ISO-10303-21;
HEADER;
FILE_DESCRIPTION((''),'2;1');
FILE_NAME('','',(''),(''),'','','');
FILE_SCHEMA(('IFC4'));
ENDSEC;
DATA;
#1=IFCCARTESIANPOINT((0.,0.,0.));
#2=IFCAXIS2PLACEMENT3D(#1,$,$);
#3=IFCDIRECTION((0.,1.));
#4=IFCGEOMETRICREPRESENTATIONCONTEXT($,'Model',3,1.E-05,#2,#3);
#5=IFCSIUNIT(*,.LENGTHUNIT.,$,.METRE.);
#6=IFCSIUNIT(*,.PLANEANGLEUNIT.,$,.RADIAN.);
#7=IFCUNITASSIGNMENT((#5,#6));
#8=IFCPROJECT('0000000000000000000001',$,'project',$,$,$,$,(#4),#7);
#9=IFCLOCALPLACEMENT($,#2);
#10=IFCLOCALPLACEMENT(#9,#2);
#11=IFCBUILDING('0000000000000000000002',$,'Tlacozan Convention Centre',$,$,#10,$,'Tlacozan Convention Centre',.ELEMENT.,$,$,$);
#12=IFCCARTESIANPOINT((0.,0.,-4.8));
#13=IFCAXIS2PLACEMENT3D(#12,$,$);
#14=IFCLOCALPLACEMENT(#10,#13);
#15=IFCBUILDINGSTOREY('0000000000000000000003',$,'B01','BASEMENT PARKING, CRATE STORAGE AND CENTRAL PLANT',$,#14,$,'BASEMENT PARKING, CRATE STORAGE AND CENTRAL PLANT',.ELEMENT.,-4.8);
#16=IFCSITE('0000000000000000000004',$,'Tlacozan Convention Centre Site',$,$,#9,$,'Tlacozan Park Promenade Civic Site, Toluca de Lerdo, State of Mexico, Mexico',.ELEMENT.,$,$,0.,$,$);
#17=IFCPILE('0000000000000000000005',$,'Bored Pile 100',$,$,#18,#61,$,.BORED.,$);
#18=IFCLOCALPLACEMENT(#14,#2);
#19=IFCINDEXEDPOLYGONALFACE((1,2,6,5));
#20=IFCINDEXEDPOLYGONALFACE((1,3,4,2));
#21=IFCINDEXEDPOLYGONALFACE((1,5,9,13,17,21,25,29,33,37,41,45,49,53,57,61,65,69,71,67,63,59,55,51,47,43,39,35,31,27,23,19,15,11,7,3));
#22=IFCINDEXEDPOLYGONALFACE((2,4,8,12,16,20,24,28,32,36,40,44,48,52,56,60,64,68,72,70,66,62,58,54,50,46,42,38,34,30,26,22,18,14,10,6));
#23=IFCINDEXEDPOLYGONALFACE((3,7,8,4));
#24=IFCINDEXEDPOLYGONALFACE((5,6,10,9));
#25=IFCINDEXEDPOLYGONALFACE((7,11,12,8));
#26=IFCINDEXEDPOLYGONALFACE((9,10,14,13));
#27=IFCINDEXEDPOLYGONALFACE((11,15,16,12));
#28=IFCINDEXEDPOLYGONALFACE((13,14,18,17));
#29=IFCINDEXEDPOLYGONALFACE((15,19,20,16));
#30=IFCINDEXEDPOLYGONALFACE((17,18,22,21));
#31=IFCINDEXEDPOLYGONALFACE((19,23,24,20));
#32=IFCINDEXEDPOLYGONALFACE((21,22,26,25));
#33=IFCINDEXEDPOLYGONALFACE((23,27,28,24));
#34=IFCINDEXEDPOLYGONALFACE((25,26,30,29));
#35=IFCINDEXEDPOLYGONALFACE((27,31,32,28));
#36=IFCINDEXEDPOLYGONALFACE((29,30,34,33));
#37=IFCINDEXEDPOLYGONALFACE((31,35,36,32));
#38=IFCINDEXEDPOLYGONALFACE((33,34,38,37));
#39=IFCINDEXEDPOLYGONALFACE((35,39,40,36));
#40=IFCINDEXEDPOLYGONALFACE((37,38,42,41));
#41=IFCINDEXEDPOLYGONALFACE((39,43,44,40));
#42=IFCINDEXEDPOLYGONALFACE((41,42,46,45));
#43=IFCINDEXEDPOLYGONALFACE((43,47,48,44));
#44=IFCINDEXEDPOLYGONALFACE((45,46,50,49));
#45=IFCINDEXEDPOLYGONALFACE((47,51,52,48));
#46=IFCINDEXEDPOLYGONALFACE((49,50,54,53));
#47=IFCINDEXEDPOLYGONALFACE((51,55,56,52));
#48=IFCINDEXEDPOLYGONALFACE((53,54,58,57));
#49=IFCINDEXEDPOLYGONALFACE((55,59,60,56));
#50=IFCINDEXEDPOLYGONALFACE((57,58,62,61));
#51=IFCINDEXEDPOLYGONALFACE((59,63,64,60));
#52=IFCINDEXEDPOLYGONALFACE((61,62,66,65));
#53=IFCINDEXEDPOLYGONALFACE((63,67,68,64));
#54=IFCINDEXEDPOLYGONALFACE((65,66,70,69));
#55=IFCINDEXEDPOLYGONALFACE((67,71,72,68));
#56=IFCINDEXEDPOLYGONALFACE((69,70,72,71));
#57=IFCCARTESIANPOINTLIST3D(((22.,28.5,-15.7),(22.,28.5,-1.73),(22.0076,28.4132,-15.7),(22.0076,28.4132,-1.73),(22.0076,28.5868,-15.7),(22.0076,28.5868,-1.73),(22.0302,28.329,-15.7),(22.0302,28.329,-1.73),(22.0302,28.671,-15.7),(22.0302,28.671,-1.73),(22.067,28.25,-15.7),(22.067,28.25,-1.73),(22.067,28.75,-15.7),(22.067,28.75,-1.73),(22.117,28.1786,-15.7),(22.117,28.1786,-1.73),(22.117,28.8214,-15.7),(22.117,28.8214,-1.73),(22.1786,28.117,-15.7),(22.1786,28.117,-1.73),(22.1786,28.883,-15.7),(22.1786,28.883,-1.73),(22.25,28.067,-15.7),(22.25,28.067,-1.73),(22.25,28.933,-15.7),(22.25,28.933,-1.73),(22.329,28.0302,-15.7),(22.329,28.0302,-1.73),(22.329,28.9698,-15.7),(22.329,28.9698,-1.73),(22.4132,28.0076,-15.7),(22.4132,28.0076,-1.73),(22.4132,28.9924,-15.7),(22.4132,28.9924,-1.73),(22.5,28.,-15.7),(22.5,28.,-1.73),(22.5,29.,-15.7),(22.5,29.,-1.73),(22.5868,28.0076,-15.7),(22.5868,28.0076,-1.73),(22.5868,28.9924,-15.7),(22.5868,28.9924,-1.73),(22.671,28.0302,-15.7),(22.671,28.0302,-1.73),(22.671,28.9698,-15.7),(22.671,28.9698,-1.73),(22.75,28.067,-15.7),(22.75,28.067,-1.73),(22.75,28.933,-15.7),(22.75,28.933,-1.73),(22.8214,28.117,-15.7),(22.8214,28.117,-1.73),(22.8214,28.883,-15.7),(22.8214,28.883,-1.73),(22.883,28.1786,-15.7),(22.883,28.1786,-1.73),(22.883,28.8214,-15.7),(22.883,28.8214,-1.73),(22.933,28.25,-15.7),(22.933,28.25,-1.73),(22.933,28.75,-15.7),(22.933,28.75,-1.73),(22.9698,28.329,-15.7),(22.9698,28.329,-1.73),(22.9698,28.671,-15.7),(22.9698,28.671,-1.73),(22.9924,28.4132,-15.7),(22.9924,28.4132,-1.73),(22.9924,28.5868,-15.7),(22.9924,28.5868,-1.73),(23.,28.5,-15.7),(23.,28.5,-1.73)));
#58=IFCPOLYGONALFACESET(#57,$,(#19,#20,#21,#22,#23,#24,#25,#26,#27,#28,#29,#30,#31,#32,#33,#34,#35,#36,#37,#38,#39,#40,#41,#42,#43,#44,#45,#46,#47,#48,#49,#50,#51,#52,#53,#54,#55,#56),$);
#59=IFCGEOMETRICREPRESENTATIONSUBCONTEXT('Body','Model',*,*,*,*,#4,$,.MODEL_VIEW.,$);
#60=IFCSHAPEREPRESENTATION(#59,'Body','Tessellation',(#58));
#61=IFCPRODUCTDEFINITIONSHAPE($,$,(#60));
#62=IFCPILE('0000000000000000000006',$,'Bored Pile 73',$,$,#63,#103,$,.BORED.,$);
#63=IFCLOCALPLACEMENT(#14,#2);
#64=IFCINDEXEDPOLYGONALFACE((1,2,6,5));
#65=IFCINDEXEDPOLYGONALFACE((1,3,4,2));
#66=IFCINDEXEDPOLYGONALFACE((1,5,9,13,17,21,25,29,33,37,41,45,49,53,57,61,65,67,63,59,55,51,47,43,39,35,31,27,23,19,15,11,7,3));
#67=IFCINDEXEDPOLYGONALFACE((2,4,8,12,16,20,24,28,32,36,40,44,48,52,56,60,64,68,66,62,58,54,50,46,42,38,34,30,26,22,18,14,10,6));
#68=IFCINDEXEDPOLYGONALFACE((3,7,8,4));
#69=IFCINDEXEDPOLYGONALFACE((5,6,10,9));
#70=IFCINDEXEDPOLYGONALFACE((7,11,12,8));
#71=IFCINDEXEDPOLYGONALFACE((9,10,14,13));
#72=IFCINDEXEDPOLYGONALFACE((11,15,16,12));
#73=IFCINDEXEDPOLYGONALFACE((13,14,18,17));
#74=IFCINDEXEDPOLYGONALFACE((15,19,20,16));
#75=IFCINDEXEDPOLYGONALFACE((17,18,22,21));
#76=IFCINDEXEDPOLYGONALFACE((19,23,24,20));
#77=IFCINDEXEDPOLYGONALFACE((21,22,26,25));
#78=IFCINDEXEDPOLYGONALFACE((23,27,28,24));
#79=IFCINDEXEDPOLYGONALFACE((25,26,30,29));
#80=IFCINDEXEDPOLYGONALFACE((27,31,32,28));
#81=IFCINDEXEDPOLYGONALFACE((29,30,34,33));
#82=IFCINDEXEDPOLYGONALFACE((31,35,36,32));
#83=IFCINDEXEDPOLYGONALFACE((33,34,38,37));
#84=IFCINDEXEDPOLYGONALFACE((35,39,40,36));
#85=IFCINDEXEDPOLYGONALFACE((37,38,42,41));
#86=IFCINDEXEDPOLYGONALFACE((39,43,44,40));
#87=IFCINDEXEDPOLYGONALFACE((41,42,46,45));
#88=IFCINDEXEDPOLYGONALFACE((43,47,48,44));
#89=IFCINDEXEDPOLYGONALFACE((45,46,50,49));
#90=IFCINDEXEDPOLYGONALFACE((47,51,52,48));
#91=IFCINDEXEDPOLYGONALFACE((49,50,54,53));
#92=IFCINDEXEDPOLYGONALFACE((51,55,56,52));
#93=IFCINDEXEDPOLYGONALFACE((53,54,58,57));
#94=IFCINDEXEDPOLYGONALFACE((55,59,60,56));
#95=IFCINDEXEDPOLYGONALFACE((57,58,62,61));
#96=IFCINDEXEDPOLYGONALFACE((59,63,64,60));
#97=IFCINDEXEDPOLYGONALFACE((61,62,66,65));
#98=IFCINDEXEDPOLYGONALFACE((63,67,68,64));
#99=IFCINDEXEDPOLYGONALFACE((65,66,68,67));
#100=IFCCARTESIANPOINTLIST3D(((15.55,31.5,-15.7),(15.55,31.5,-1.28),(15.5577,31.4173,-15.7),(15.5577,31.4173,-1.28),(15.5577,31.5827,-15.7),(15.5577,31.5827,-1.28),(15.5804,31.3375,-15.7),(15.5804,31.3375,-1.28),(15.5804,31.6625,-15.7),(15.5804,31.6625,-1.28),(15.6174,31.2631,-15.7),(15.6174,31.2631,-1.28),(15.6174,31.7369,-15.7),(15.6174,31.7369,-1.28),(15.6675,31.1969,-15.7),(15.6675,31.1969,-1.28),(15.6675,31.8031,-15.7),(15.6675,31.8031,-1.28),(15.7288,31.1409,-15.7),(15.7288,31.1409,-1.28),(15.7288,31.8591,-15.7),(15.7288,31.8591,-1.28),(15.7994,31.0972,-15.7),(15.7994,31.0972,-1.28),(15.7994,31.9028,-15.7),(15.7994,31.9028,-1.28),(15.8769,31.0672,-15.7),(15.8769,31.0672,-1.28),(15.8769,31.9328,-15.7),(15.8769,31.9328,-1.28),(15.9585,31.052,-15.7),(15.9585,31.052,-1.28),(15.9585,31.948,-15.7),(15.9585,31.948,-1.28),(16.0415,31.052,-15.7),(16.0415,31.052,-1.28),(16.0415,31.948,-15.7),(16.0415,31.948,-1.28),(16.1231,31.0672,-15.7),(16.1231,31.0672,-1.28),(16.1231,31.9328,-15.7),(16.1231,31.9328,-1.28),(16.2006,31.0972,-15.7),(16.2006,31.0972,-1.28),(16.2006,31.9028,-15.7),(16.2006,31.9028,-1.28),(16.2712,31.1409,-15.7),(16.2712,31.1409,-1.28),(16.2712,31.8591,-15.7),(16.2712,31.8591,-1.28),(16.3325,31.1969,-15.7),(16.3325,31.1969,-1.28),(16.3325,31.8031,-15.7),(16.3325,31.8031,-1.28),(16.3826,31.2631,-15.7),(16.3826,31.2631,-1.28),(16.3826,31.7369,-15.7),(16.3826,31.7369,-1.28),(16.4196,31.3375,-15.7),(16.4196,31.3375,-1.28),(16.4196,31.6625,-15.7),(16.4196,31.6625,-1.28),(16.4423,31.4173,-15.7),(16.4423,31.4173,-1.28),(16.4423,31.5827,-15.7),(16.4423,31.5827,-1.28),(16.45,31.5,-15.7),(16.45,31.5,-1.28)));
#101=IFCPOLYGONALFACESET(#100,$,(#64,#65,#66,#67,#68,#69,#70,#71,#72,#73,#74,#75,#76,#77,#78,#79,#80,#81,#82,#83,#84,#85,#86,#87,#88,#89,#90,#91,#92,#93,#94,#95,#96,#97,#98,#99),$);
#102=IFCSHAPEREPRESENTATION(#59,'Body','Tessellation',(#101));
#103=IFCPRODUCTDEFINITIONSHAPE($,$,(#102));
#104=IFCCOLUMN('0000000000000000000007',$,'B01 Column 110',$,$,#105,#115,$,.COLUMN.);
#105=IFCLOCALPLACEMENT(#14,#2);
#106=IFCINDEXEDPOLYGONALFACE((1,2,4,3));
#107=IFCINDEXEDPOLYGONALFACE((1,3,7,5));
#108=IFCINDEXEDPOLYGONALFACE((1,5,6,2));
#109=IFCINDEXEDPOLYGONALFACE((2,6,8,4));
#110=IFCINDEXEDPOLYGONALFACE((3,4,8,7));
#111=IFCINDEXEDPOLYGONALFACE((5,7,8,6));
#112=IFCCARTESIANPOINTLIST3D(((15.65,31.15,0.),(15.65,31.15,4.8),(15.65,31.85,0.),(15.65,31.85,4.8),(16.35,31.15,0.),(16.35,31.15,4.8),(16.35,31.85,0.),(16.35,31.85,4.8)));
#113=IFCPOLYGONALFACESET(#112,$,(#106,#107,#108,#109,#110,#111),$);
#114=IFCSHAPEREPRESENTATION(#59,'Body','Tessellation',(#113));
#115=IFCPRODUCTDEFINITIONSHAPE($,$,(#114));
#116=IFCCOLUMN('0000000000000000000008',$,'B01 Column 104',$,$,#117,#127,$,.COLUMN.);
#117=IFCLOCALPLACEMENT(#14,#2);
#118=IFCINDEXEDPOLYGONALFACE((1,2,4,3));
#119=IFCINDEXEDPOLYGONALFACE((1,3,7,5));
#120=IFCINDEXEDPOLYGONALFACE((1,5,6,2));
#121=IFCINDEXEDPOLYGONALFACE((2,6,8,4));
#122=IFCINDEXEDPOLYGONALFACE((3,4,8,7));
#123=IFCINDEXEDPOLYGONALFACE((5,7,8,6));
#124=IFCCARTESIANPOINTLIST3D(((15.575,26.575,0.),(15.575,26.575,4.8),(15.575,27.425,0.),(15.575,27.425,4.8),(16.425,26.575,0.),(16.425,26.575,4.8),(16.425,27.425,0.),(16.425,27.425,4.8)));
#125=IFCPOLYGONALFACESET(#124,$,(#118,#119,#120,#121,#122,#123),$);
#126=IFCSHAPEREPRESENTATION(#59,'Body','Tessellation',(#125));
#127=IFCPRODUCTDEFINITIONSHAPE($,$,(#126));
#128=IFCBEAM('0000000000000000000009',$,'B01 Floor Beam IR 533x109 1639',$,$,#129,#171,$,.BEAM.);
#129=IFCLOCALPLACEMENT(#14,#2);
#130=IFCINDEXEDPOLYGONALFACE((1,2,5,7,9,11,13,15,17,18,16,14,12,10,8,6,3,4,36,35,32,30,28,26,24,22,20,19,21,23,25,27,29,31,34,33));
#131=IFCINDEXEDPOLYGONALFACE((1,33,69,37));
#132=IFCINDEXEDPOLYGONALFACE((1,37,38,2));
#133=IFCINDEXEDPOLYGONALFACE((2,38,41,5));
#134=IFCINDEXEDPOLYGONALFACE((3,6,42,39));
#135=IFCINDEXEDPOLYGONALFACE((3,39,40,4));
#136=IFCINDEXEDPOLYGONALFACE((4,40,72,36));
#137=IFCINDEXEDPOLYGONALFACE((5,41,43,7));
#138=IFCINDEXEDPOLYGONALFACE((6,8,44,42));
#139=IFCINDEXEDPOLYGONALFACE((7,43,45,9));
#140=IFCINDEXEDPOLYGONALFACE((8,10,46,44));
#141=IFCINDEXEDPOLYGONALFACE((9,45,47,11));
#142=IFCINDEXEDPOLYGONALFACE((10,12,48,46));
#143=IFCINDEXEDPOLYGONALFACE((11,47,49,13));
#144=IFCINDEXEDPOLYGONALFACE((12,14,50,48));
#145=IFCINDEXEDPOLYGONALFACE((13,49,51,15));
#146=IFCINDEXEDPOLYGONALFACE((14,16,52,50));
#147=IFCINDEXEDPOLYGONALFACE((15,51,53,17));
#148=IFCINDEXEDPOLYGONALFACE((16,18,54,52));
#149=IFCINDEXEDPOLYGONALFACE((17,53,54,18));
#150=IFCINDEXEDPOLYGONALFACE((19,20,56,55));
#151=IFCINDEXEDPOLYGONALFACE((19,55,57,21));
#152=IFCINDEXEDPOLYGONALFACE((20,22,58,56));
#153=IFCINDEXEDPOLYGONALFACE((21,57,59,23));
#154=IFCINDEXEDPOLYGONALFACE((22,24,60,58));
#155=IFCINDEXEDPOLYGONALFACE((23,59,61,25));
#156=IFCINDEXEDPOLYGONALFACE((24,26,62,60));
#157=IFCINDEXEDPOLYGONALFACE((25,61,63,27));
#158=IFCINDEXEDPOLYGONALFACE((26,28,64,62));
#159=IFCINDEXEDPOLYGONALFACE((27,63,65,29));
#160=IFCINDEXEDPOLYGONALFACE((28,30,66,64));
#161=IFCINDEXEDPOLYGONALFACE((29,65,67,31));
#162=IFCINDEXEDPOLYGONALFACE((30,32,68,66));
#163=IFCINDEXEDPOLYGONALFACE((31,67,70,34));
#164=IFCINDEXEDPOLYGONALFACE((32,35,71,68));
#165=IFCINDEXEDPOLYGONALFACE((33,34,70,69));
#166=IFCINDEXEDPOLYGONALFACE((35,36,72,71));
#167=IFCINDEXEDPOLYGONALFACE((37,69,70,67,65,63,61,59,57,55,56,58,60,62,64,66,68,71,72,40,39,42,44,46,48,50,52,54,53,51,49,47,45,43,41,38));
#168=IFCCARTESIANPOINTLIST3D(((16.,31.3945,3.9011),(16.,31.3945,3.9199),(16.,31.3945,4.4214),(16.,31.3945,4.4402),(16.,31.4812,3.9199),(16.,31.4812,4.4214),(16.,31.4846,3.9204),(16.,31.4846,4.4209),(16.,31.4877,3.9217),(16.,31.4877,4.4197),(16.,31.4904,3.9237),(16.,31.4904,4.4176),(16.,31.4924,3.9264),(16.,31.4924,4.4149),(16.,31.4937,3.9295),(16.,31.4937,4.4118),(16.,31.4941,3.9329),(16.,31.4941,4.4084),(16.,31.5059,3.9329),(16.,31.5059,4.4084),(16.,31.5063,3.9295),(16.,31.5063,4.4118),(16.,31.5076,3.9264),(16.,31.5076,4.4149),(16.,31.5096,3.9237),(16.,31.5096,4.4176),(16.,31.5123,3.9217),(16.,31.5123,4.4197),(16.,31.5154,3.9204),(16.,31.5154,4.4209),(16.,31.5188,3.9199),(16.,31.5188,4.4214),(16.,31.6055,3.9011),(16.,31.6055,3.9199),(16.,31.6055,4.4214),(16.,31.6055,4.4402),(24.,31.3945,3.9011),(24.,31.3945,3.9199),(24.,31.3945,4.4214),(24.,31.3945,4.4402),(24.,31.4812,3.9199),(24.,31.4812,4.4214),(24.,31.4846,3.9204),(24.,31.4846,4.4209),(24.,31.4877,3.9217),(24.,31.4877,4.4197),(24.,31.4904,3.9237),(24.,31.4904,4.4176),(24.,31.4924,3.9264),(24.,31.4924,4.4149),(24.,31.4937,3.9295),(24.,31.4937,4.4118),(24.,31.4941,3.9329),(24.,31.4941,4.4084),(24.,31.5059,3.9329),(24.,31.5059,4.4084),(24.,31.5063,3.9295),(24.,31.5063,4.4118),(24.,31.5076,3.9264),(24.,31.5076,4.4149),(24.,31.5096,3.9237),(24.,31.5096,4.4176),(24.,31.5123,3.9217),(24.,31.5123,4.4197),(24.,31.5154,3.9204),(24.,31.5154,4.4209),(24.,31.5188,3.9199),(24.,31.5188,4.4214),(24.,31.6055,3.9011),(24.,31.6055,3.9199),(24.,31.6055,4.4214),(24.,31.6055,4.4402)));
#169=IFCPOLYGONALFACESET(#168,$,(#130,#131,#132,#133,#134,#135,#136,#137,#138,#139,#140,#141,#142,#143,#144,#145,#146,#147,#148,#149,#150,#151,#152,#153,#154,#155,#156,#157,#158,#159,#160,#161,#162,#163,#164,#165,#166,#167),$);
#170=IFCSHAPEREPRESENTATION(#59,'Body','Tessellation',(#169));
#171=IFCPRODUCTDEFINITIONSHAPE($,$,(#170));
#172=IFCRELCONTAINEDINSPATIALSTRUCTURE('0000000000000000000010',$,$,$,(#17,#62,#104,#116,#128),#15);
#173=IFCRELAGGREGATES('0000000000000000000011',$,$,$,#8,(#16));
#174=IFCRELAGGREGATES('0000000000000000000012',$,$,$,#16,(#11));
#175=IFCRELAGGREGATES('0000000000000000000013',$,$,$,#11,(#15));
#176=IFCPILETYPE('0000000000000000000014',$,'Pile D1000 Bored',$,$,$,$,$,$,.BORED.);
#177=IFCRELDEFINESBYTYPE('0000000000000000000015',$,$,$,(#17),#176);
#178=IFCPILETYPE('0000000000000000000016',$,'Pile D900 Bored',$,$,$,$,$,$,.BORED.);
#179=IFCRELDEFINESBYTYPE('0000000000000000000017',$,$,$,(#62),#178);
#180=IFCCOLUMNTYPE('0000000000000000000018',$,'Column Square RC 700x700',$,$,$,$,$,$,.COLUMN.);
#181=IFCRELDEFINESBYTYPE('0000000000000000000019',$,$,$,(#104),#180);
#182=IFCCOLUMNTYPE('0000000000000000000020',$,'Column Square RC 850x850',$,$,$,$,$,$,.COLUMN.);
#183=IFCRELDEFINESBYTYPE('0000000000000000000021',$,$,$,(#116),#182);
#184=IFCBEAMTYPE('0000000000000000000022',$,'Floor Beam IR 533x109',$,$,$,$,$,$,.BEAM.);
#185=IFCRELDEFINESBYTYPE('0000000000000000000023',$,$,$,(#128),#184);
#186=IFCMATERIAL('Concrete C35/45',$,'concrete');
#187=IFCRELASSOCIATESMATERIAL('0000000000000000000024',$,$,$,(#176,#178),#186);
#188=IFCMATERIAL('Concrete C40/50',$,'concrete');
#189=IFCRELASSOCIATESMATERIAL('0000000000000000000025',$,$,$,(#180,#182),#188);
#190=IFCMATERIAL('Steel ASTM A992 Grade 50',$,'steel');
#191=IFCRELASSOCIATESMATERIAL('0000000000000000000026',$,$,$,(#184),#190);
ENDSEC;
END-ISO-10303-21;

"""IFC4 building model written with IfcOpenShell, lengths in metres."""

from ifc_helpers import new_model, si_unit, direction, frame, origin, origin_2d, place, context, subcontext, project, spatial, rectangle, circle, i_section, extrude, material, material_profile, profile_set, type_object, element, save


model = new_model("IFC4")

# Units and contexts
model_context = context("Model", 3, precision=1e-05, world=origin(), true_north=direction((0.0, 1.0)))
body_context = subcontext(model_context, "Body", "Model", "MODEL_VIEW")
ifc_project = project(units=[si_unit("LENGTHUNIT", "METRE"), si_unit("PLANEANGLEUNIT", "RADIAN")], contexts=[model_context])

# Site, building, storey
site_placement = place(None, origin())
site = spatial("IfcSite", under=ifc_project, at=site_placement, Name="Tlacozan Convention Centre Site", LongName="Tlacozan Park Promenade Civic Site, Toluca de Lerdo, State of Mexico, Mexico", CompositionType="ELEMENT", RefElevation=0.0)
building_placement = place(site_placement, origin())
building = spatial("IfcBuilding", under=site, at=building_placement, Name="Tlacozan Convention Centre", LongName="Tlacozan Convention Centre", CompositionType="ELEMENT")
storey_placement = place(building_placement, frame((0.0, 0.0, -4.8)))
storey = spatial("IfcBuildingStorey", under=building, at=storey_placement, Name="B01", Description="BASEMENT PARKING, CRATE STORAGE AND CENTRAL PLANT", LongName="BASEMENT PARKING, CRATE STORAGE AND CENTRAL PLANT", CompositionType="ELEMENT", Elevation=-4.8)

# Shared definitions
ifc_material_1 = material(Name="Concrete C35/45", Category="concrete")

# Piles
ifc_material_profile_1 = material_profile(ifc_material_1, circle(Radius=0.5, at=origin_2d()), Name="PILE D1000")
ifc_profile_set_1 = profile_set([ifc_material_profile_1], Name="Concrete C35/45")
pile_type_1 = type_object("IfcPileType", Name="Pile D1000 Bored", PredefinedType="BORED", material=ifc_profile_set_1)
for number, where, z_axis, x_axis, name in (
    (1, (22.5, 28.5, -1.73), (0.0, 0.0, -1.0), (1.0, 0.0, 0.0), "Bored Pile 100"),
):
    element("IfcPile", number, at=place(storey_placement, frame(where, z_axis=z_axis, x_axis=x_axis)), inside=storey, type_object=pile_type_1, Name=name, PredefinedType="BORED", context=body_context, shape_type="SweptSolid", body=[
        extrude(circle(Radius=0.5, at=origin_2d()), origin(), (0.0, 0.0, 1.0), 13.97),
    ])
ifc_material_profile_2 = material_profile(ifc_material_1, circle(Radius=0.45, at=origin_2d()), Name="PILE D900")
ifc_profile_set_2 = profile_set([ifc_material_profile_2], Name="Concrete C35/45")
pile_type_2 = type_object("IfcPileType", Name="Pile D900 Bored", PredefinedType="BORED", material=ifc_profile_set_2)
pile_placement = place(storey_placement, frame((16.0, 31.5, -1.28), z_axis=(0.0, 0.0, -1.0), x_axis=(1.0, 0.0, 0.0)))
element("IfcPile", 2, at=pile_placement, inside=storey, type_object=pile_type_2, Name="Bored Pile 73", PredefinedType="BORED", context=body_context, shape_type="SweptSolid", body=[
    extrude(circle(Radius=0.45, at=origin_2d()), origin(), (0.0, 0.0, 1.0), 14.4199),
])

# Columns
ifc_material_2 = material(Name="Concrete C40/50", Category="concrete")
ifc_material_profile_3 = material_profile(ifc_material_2, rectangle(XDim=0.7, YDim=0.7, at=origin_2d()), Name="RC 700x700")
ifc_profile_set_3 = profile_set([ifc_material_profile_3], Name="Concrete C40/50")
column_type_1 = type_object("IfcColumnType", Name="Column Square RC 700x700", PredefinedType="COLUMN", material=ifc_profile_set_3)
column_1_placement = place(storey_placement, frame((16.0, 31.5, 0.0), z_axis=(0.0, 0.0, 1.0), x_axis=(1.0, 0.0, 0.0)))
element("IfcColumn", 3, at=column_1_placement, inside=storey, type_object=column_type_1, Name="B01 Column 110", PredefinedType="COLUMN", context=body_context, shape_type="SweptSolid", body=[
    extrude(rectangle(XDim=0.7, YDim=0.7, at=origin_2d()), origin(), (0.0, 0.0, 1.0), 4.8),
])
ifc_material_profile_4 = material_profile(ifc_material_2, rectangle(XDim=0.8501, YDim=0.8501, at=origin_2d()), Name="RC 850x850")
ifc_profile_set_4 = profile_set([ifc_material_profile_4], Name="Concrete C40/50")
column_type_2 = type_object("IfcColumnType", Name="Column Square RC 850x850", PredefinedType="COLUMN", material=ifc_profile_set_4)
column_2_placement = place(storey_placement, frame((16.0, 27.0, 0.0), z_axis=(0.0, 0.0, 1.0), x_axis=(1.0, 0.0, 0.0)))
element("IfcColumn", 4, at=column_2_placement, inside=storey, type_object=column_type_2, Name="B01 Column 104", PredefinedType="COLUMN", context=body_context, shape_type="SweptSolid", body=[
    extrude(rectangle(XDim=0.8501, YDim=0.8501, at=origin_2d()), origin(), (0.0, 0.0, 1.0), 4.8),
])

# Beam
ifc_material_3 = material(Name="Steel ASTM A992 Grade 50", Category="steel")
ifc_material_profile_5 = material_profile(ifc_material_3, i_section(OverallWidth=0.2109, OverallDepth=0.5391, WebThickness=0.0117, FlangeThickness=0.0188, FilletRadius=0.0129, at=origin_2d()), Name="IR 533x109.0")
ifc_profile_set_5 = profile_set([ifc_material_profile_5], Name="Steel ASTM A992 Grade 50")
beam_type_1 = type_object("IfcBeamType", Name="Floor Beam IR 533x109", PredefinedType="BEAM", material=ifc_profile_set_5)
beam_1_placement = place(storey_placement, frame((16.0, 31.5, 4.1707), z_axis=(1.0, 0.0, 0.0), x_axis=(0.0, 1.0, 0.0)))
element("IfcBeam", 5, at=beam_1_placement, inside=storey, type_object=beam_type_1, Name="B01 Floor Beam IR 533x109 1639", PredefinedType="BEAM", context=body_context, shape_type="SweptSolid", body=[
    extrude(i_section(OverallWidth=0.2109, OverallDepth=0.5391, WebThickness=0.0117, FlangeThickness=0.0188, FilletRadius=0.0129, at=origin_2d()), origin(), (0.0, 0.0, 1.0), 8.0),
])

save(model, "model.ifc")
